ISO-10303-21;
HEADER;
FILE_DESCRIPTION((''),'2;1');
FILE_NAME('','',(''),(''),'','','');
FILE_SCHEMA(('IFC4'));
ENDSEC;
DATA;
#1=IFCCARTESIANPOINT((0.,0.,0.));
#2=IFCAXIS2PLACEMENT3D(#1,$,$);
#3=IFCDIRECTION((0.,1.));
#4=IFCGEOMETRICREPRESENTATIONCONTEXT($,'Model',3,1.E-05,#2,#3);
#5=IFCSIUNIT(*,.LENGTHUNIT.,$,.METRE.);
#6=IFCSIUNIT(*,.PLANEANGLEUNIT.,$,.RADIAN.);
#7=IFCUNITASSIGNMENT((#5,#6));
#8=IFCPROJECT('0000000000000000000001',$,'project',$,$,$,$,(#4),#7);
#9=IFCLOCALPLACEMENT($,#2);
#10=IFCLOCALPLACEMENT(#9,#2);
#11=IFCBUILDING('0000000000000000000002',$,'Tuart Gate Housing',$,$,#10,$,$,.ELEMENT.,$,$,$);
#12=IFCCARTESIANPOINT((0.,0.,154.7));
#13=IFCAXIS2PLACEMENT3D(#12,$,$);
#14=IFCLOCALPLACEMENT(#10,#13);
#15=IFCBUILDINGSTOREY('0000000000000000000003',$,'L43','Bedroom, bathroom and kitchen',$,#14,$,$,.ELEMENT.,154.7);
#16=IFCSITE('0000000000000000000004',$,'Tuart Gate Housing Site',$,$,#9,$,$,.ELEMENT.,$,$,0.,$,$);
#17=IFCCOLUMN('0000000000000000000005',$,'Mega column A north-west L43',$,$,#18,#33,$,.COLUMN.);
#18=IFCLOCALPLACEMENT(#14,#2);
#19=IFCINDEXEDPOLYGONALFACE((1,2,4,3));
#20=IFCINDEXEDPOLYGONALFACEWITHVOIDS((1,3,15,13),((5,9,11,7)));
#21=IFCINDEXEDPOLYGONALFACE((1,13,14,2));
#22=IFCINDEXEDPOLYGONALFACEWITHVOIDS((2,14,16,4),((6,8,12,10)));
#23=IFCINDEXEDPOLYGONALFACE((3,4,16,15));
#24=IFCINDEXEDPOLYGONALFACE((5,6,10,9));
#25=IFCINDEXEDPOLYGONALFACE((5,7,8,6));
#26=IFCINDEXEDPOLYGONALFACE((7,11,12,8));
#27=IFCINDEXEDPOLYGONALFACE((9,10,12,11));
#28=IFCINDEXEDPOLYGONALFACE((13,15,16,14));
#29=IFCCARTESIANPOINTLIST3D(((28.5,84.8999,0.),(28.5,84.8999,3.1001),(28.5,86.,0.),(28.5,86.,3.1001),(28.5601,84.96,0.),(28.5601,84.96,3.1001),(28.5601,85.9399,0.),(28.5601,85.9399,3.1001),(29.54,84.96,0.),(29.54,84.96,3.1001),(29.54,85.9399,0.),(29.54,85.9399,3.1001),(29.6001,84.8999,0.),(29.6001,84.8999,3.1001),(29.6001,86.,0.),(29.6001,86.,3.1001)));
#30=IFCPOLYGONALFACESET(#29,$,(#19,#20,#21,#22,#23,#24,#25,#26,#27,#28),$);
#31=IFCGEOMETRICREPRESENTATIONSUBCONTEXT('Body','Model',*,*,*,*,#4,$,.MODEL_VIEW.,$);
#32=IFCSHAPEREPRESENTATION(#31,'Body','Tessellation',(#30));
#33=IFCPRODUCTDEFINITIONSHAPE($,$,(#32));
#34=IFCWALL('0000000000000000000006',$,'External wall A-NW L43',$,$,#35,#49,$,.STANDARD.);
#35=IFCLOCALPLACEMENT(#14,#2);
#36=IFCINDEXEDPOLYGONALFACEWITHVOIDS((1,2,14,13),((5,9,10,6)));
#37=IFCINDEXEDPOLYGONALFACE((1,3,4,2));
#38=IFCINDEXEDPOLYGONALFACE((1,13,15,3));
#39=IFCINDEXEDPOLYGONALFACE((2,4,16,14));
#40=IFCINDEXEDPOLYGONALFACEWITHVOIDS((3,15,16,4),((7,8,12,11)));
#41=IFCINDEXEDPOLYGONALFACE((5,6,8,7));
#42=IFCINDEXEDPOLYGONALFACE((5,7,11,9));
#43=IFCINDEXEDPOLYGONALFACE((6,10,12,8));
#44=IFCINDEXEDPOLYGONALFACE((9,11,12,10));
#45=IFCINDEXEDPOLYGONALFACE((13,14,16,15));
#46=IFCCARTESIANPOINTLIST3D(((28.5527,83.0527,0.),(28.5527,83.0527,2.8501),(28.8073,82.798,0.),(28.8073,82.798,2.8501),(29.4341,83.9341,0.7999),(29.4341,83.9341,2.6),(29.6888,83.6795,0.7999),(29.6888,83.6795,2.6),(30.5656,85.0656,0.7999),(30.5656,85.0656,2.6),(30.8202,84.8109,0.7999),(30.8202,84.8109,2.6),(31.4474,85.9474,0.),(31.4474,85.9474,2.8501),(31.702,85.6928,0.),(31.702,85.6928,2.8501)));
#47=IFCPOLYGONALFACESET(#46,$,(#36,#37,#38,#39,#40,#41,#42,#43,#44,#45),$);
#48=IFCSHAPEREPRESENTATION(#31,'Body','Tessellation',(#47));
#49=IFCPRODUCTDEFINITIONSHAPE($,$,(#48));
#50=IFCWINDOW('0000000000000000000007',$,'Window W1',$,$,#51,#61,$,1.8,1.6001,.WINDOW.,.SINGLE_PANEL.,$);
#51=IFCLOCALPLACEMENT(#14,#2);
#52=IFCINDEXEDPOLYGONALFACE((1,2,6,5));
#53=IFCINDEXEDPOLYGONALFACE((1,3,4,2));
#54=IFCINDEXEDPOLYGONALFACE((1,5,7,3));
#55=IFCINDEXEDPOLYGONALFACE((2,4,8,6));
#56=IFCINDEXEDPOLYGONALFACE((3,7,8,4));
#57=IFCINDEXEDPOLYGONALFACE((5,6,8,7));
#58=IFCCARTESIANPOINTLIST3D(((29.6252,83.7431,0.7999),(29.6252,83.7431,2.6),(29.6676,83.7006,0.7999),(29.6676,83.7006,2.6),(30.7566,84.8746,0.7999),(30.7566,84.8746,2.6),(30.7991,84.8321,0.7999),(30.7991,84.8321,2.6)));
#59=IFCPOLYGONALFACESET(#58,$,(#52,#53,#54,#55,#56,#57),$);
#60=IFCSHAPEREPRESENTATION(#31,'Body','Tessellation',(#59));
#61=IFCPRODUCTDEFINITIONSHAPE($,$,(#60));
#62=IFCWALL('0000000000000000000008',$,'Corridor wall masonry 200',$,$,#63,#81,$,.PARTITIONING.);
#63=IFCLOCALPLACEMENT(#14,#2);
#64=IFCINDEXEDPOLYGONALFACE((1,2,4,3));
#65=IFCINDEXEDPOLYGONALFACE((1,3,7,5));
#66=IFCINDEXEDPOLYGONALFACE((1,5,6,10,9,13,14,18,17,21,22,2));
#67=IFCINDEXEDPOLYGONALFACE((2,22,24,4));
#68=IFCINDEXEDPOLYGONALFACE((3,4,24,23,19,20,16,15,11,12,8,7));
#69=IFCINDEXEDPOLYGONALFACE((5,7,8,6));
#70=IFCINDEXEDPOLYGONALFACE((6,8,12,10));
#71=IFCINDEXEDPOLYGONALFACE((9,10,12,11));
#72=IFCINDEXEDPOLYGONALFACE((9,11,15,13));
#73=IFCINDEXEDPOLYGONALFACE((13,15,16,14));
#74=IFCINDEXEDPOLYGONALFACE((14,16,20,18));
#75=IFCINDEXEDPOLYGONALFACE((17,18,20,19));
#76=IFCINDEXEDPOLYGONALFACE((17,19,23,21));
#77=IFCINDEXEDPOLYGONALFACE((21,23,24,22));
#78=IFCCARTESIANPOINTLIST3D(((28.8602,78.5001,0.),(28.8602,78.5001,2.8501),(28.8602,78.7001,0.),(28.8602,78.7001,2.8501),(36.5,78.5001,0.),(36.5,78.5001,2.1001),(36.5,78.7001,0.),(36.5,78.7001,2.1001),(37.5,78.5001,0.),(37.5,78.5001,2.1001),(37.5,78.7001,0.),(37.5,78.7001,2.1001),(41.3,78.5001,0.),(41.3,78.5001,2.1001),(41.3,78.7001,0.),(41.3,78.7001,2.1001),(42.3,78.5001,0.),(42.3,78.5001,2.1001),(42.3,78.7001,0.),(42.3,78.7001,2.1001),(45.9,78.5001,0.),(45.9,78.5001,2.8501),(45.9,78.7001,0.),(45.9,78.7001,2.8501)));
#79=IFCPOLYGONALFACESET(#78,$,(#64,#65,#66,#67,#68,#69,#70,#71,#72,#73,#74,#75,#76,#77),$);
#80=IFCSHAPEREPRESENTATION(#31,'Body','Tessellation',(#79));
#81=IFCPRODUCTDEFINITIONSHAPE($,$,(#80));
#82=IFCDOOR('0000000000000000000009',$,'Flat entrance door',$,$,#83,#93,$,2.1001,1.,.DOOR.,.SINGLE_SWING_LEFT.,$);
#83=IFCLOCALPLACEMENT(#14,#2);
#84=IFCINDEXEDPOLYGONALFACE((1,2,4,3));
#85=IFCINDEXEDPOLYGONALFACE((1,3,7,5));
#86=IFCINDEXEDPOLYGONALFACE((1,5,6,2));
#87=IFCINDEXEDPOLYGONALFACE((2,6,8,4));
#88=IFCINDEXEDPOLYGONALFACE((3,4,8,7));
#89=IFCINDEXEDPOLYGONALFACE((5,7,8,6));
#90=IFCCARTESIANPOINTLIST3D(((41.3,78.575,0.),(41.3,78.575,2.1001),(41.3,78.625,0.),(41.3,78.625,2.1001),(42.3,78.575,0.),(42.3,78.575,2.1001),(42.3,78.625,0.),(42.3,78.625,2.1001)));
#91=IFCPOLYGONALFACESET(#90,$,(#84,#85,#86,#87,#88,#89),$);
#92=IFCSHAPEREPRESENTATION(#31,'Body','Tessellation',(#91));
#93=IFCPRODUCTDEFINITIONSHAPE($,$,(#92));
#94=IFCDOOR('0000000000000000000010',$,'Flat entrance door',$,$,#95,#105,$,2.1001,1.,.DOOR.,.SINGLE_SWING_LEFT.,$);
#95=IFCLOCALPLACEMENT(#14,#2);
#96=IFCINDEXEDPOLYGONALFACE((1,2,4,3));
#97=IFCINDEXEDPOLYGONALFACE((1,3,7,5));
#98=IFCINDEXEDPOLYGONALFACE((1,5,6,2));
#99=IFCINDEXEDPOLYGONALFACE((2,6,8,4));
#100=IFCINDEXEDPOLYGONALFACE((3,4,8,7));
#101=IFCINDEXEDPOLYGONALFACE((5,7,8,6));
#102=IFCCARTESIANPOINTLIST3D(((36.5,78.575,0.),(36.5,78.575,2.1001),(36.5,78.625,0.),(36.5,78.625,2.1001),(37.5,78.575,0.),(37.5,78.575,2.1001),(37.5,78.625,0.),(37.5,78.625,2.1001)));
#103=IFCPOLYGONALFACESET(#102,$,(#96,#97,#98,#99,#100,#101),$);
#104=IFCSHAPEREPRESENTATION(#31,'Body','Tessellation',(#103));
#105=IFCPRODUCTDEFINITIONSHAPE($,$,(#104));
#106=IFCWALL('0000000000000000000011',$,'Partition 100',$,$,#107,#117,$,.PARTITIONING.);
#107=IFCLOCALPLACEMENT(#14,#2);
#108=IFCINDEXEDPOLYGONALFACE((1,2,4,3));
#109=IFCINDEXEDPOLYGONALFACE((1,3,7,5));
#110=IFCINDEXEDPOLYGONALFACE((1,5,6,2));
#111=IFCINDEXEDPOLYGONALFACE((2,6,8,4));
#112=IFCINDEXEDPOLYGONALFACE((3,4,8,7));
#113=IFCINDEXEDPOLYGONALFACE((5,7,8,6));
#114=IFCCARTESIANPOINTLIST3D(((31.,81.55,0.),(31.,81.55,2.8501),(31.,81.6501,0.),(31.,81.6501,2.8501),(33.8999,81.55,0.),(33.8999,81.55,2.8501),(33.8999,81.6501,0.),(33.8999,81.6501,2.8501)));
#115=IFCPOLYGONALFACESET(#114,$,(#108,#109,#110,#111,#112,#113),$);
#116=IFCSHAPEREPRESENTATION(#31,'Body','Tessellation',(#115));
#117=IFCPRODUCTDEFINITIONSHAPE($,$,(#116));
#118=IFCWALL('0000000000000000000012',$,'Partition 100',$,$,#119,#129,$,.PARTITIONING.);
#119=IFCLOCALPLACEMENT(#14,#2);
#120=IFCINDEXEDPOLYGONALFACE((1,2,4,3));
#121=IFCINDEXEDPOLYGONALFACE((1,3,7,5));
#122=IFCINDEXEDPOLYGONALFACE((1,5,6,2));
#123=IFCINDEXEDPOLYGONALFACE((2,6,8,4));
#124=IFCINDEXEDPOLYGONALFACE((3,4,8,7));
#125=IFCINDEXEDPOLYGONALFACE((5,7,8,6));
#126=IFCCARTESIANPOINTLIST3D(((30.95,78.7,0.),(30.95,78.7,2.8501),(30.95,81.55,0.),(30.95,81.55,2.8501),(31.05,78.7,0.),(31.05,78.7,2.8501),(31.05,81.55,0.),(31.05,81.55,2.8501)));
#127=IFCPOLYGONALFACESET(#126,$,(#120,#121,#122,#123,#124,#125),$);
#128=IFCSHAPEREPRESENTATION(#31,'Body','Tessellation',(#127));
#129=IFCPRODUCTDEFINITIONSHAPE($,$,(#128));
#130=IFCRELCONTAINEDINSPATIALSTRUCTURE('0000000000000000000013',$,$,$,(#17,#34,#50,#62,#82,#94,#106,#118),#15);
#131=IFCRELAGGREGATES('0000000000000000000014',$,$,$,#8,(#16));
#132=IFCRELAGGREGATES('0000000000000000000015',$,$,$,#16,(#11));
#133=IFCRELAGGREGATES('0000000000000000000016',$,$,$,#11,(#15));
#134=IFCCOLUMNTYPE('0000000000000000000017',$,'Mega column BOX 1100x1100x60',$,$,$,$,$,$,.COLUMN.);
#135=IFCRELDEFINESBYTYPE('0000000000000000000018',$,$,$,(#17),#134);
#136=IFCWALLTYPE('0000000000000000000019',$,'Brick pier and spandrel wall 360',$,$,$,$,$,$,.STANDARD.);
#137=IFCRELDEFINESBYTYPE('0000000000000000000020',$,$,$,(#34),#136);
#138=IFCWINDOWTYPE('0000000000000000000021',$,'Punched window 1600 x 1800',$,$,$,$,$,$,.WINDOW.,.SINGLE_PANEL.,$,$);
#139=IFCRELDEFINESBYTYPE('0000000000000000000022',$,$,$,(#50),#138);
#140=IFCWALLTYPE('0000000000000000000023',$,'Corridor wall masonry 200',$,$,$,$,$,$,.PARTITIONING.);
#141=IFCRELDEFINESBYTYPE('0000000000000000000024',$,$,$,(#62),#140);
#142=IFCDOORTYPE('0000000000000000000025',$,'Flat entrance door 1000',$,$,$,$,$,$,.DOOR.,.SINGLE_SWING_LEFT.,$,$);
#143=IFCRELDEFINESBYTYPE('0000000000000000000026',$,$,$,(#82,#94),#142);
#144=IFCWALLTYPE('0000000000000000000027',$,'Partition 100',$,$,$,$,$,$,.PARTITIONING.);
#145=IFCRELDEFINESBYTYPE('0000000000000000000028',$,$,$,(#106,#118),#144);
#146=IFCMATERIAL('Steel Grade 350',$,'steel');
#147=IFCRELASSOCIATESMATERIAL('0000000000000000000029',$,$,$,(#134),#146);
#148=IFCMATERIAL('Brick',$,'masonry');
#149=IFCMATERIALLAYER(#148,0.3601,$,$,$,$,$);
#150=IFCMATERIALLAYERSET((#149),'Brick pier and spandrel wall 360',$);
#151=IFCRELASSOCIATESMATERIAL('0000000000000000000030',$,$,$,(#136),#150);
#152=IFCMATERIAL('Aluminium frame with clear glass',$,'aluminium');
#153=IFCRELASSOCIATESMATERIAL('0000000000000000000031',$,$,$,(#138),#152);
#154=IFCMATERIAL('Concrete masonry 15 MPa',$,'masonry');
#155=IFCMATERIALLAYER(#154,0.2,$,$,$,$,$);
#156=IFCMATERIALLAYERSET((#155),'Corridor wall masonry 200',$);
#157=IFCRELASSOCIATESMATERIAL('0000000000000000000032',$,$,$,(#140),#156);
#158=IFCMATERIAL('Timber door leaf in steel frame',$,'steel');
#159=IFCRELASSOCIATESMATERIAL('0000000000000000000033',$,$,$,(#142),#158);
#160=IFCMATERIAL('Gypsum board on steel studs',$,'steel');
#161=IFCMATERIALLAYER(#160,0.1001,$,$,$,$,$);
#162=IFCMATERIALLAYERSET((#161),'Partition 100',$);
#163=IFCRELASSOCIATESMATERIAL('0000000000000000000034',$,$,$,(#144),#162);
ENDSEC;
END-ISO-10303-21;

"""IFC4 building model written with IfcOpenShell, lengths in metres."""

from ifc_helpers import new_model, si_unit, direction, frame, frame_2d, origin, origin_2d, place, context, subcontext, project, spatial, rectangle, hollow_rectangle, extrude, material, layer, layer_set, material_profile, profile_set, type_object, element, fill, save


model = new_model("IFC4")

# Units and contexts
model_context = context("Model", 3, precision=1e-05, world=origin(), true_north=direction((0.0, 1.0)))
body_context = subcontext(model_context, "Body", "Model", "MODEL_VIEW")
ifc_project = project(units=[si_unit("LENGTHUNIT", "METRE"), si_unit("PLANEANGLEUNIT", "RADIAN")], contexts=[model_context])

# Site, building, storey
site_placement = place(None, origin())
site = spatial("IfcSite", under=ifc_project, at=site_placement, Name="Tuart Gate Housing Site", CompositionType="ELEMENT", RefElevation=0.0)
building_placement = place(site_placement, origin())
building = spatial("IfcBuilding", under=site, at=building_placement, Name="Tuart Gate Housing", CompositionType="ELEMENT")
storey_placement = place(building_placement, frame((0.0, 0.0, 154.7)))
storey = spatial("IfcBuildingStorey", under=building, at=storey_placement, Name="L43", Description="Bedroom, bathroom and kitchen", CompositionType="ELEMENT", Elevation=154.7)

# Column
ifc_material_1 = material(Name="Steel Grade 350", Category="steel")
ifc_material_profile = material_profile(ifc_material_1, hollow_rectangle(XDim=1.1001, YDim=1.1001, WallThickness=0.0601, at=origin_2d()), Name="BOX 1100x1100x60")
ifc_profile_set = profile_set([ifc_material_profile], Name="Steel Grade 350")
column_type = type_object("IfcColumnType", Name="Mega column BOX 1100x1100x60", PredefinedType="COLUMN", material=ifc_profile_set)
column_placement = place(storey_placement, frame((29.05, 85.45, 0.0), z_axis=(0.0, 0.0, 1.0), x_axis=(1.0, 0.0, 0.0)))
element("IfcColumn", 1, at=column_placement, inside=storey, type_object=column_type, Name="Mega column A north-west L43", PredefinedType="COLUMN", context=body_context, shape_type="SweptSolid", body=[
    extrude(hollow_rectangle(XDim=1.1001, YDim=1.1001, WallThickness=0.0601, at=origin_2d()), origin(), (0.0, 0.0, 1.0), 3.1001),
])

# Wall, opening, window
ifc_material_2 = material(Name="Brick", Category="masonry")
ifc_layer_1 = layer(ifc_material_2, 0.3601)
ifc_layer_set_1 = layer_set([ifc_layer_1], Name="Brick pier and spandrel wall 360")
wall_type_1 = type_object("IfcWallType", Name="Brick pier and spandrel wall 360", PredefinedType="STANDARD", material=ifc_layer_set_1)
wall_1_placement = place(storey_placement, frame((31.5747, 85.8201, 0.0), z_axis=(0.0, 0.0, 1.0), x_axis=(-0.707107, -0.707107, 0.0)))
wall_1 = element("IfcWall", 2, at=wall_1_placement, inside=storey, type_object=wall_type_1, Name="External wall A-NW L43", PredefinedType="STANDARD", context=body_context, shape_type="SweptSolid", body=[
    extrude(rectangle(XDim=4.0938, YDim=0.3601, at=frame_2d((2.0469, 0.0))), origin(), (0.0, 0.0, 1.0), 2.8501),
])
opening_1_placement = place(wall_1_placement, frame((1.2471, 0.0, 0.8)))
opening_1 = element("IfcOpeningElement", 3, at=opening_1_placement, cuts=wall_1, PredefinedType="OPENING", context=body_context, shape_type="SweptSolid", body=[
    extrude(rectangle(XDim=1.6001, YDim=1.8, at=frame_2d((0.8, 0.8999))), frame((0.0, 0.1899, 0.0), z_axis=(0.0, -1.0, 0.0), x_axis=(1.0, 0.0, 0.0)), (0.0, 0.0, 1.0), 0.3801),
])
ifc_material_3 = material(Name="Aluminium frame with clear glass", Category="aluminium")
window_type_1 = type_object("IfcWindowType", Name="Punched window 1600 x 1800", PartitioningType="SINGLE_PANEL", PredefinedType="WINDOW", material=ifc_material_3)
window_1_placement = place(opening_1_placement, origin())
window_1 = element("IfcWindow", 4, at=window_1_placement, inside=storey, type_object=window_type_1, Name="Window W1", OverallHeight=1.8, OverallWidth=1.6001, PartitioningType="SINGLE_PANEL", PredefinedType="WINDOW", context=body_context, shape_type="SweptSolid", body=[
    extrude(rectangle(XDim=1.6001, YDim=1.8, at=frame_2d((0.8, 0.8999))), frame((0.0, 0.1501, 0.0), z_axis=(0.0, -1.0, 0.0), x_axis=(1.0, 0.0, 0.0)), (0.0, 0.0, 1.0), 0.0601),
])
fill(opening_1, window_1)

# Wall, openings, doors
ifc_material_4 = material(Name="Concrete masonry 15 MPa", Category="masonry")
ifc_layer_2 = layer(ifc_material_4, 0.2)
ifc_layer_set_2 = layer_set([ifc_layer_2], Name="Corridor wall masonry 200")
wall_type_2 = type_object("IfcWallType", Name="Corridor wall masonry 200", PredefinedType="PARTITIONING", material=ifc_layer_set_2)
wall_2_placement = place(storey_placement, frame((28.8601, 78.6001, 0.0), z_axis=(0.0, 0.0, 1.0), x_axis=(1.0, 0.0, 0.0)))
wall_2 = element("IfcWall", 5, at=wall_2_placement, inside=storey, type_object=wall_type_2, Name="Corridor wall masonry 200", PredefinedType="PARTITIONING", context=body_context, shape_type="SweptSolid", body=[
    extrude(rectangle(XDim=17.0398, YDim=0.2, at=frame_2d((8.52, 0.0))), origin(), (0.0, 0.0, 1.0), 2.8501),
])
opening_2_placement = place(wall_2_placement, frame((12.4399, 0.0, 0.0)))
opening_2 = element("IfcOpeningElement", 6, at=opening_2_placement, cuts=wall_2, PredefinedType="OPENING", context=body_context, shape_type="SweptSolid", body=[
    extrude(rectangle(XDim=1.0, YDim=2.1001, at=frame_2d((0.5, 1.05))), frame((0.0, 0.1099, 0.0), z_axis=(0.0, -1.0, 0.0), x_axis=(1.0, 0.0, 0.0)), (0.0, 0.0, 1.0), 0.22),
])
opening_3_placement = place(wall_2_placement, frame((7.6399, 0.0, 0.0)))
opening_3 = element("IfcOpeningElement", 7, at=opening_3_placement, cuts=wall_2, PredefinedType="OPENING", context=body_context, shape_type="SweptSolid", body=[
    extrude(rectangle(XDim=1.0, YDim=2.1001, at=frame_2d((0.5, 1.05))), frame((0.0, 0.1099, 0.0), z_axis=(0.0, -1.0, 0.0), x_axis=(1.0, 0.0, 0.0)), (0.0, 0.0, 1.0), 0.22),
])
ifc_material_5 = material(Name="Timber door leaf in steel frame", Category="steel")
door_type = type_object("IfcDoorType", Name="Flat entrance door 1000", OperationType="SINGLE_SWING_LEFT", PredefinedType="DOOR", material=ifc_material_5)
door_1_placement = place(opening_2_placement, origin())
door_1 = element("IfcDoor", 8, at=door_1_placement, inside=storey, type_object=door_type, Name="Flat entrance door", OperationType="SINGLE_SWING_LEFT", OverallHeight=2.1001, OverallWidth=1.0, PredefinedType="DOOR", context=body_context, shape_type="SweptSolid", body=[
    extrude(rectangle(XDim=1.0, YDim=2.1001, at=frame_2d((0.5, 1.05))), frame((0.0, 0.0249, 0.0), z_axis=(0.0, -1.0, 0.0), x_axis=(1.0, 0.0, 0.0)), (0.0, 0.0, 1.0), 0.05),
])
fill(opening_2, door_1)
door_2_placement = place(opening_3_placement, origin())
door_2 = element("IfcDoor", 9, at=door_2_placement, inside=storey, type_object=door_type, Name="Flat entrance door", OperationType="SINGLE_SWING_LEFT", OverallHeight=2.1001, OverallWidth=1.0, PredefinedType="DOOR", context=body_context, shape_type="SweptSolid", body=[
    extrude(rectangle(XDim=1.0, YDim=2.1001, at=frame_2d((0.5, 1.05))), frame((0.0, 0.0249, 0.0), z_axis=(0.0, -1.0, 0.0), x_axis=(1.0, 0.0, 0.0)), (0.0, 0.0, 1.0), 0.05),
])
fill(opening_3, door_2)

# Walls
ifc_material_6 = material(Name="Gypsum board on steel studs", Category="steel")
ifc_layer_3 = layer(ifc_material_6, 0.1001)
ifc_layer_set_3 = layer_set([ifc_layer_3], Name="Partition 100")
wall_type_3 = type_object("IfcWallType", Name="Partition 100", PredefinedType="PARTITIONING", material=ifc_layer_set_3)
wall_3_placement = place(storey_placement, frame((31.0, 81.6001, 0.0), z_axis=(0.0, 0.0, 1.0), x_axis=(1.0, 0.0, 0.0)))
element("IfcWall", 10, at=wall_3_placement, inside=storey, type_object=wall_type_3, Name="Partition 100", PredefinedType="PARTITIONING", context=body_context, shape_type="SweptSolid", body=[
    extrude(rectangle(XDim=2.8999, YDim=0.1001, at=frame_2d((1.45, 0.0))), origin(), (0.0, 0.0, 1.0), 2.8501),
])
wall_4_placement = place(storey_placement, frame((31.0, 78.7, 0.0), z_axis=(0.0, 0.0, 1.0), x_axis=(0.0, 1.0, 0.0)))
element("IfcWall", 11, at=wall_4_placement, inside=storey, type_object=wall_type_3, Name="Partition 100", PredefinedType="PARTITIONING", context=body_context, shape_type="SweptSolid", body=[
    extrude(rectangle(XDim=2.8501, YDim=0.1001, at=frame_2d((1.425, 0.0))), origin(), (0.0, 0.0, 1.0), 2.8501),
])

save(model, "model.ifc")
